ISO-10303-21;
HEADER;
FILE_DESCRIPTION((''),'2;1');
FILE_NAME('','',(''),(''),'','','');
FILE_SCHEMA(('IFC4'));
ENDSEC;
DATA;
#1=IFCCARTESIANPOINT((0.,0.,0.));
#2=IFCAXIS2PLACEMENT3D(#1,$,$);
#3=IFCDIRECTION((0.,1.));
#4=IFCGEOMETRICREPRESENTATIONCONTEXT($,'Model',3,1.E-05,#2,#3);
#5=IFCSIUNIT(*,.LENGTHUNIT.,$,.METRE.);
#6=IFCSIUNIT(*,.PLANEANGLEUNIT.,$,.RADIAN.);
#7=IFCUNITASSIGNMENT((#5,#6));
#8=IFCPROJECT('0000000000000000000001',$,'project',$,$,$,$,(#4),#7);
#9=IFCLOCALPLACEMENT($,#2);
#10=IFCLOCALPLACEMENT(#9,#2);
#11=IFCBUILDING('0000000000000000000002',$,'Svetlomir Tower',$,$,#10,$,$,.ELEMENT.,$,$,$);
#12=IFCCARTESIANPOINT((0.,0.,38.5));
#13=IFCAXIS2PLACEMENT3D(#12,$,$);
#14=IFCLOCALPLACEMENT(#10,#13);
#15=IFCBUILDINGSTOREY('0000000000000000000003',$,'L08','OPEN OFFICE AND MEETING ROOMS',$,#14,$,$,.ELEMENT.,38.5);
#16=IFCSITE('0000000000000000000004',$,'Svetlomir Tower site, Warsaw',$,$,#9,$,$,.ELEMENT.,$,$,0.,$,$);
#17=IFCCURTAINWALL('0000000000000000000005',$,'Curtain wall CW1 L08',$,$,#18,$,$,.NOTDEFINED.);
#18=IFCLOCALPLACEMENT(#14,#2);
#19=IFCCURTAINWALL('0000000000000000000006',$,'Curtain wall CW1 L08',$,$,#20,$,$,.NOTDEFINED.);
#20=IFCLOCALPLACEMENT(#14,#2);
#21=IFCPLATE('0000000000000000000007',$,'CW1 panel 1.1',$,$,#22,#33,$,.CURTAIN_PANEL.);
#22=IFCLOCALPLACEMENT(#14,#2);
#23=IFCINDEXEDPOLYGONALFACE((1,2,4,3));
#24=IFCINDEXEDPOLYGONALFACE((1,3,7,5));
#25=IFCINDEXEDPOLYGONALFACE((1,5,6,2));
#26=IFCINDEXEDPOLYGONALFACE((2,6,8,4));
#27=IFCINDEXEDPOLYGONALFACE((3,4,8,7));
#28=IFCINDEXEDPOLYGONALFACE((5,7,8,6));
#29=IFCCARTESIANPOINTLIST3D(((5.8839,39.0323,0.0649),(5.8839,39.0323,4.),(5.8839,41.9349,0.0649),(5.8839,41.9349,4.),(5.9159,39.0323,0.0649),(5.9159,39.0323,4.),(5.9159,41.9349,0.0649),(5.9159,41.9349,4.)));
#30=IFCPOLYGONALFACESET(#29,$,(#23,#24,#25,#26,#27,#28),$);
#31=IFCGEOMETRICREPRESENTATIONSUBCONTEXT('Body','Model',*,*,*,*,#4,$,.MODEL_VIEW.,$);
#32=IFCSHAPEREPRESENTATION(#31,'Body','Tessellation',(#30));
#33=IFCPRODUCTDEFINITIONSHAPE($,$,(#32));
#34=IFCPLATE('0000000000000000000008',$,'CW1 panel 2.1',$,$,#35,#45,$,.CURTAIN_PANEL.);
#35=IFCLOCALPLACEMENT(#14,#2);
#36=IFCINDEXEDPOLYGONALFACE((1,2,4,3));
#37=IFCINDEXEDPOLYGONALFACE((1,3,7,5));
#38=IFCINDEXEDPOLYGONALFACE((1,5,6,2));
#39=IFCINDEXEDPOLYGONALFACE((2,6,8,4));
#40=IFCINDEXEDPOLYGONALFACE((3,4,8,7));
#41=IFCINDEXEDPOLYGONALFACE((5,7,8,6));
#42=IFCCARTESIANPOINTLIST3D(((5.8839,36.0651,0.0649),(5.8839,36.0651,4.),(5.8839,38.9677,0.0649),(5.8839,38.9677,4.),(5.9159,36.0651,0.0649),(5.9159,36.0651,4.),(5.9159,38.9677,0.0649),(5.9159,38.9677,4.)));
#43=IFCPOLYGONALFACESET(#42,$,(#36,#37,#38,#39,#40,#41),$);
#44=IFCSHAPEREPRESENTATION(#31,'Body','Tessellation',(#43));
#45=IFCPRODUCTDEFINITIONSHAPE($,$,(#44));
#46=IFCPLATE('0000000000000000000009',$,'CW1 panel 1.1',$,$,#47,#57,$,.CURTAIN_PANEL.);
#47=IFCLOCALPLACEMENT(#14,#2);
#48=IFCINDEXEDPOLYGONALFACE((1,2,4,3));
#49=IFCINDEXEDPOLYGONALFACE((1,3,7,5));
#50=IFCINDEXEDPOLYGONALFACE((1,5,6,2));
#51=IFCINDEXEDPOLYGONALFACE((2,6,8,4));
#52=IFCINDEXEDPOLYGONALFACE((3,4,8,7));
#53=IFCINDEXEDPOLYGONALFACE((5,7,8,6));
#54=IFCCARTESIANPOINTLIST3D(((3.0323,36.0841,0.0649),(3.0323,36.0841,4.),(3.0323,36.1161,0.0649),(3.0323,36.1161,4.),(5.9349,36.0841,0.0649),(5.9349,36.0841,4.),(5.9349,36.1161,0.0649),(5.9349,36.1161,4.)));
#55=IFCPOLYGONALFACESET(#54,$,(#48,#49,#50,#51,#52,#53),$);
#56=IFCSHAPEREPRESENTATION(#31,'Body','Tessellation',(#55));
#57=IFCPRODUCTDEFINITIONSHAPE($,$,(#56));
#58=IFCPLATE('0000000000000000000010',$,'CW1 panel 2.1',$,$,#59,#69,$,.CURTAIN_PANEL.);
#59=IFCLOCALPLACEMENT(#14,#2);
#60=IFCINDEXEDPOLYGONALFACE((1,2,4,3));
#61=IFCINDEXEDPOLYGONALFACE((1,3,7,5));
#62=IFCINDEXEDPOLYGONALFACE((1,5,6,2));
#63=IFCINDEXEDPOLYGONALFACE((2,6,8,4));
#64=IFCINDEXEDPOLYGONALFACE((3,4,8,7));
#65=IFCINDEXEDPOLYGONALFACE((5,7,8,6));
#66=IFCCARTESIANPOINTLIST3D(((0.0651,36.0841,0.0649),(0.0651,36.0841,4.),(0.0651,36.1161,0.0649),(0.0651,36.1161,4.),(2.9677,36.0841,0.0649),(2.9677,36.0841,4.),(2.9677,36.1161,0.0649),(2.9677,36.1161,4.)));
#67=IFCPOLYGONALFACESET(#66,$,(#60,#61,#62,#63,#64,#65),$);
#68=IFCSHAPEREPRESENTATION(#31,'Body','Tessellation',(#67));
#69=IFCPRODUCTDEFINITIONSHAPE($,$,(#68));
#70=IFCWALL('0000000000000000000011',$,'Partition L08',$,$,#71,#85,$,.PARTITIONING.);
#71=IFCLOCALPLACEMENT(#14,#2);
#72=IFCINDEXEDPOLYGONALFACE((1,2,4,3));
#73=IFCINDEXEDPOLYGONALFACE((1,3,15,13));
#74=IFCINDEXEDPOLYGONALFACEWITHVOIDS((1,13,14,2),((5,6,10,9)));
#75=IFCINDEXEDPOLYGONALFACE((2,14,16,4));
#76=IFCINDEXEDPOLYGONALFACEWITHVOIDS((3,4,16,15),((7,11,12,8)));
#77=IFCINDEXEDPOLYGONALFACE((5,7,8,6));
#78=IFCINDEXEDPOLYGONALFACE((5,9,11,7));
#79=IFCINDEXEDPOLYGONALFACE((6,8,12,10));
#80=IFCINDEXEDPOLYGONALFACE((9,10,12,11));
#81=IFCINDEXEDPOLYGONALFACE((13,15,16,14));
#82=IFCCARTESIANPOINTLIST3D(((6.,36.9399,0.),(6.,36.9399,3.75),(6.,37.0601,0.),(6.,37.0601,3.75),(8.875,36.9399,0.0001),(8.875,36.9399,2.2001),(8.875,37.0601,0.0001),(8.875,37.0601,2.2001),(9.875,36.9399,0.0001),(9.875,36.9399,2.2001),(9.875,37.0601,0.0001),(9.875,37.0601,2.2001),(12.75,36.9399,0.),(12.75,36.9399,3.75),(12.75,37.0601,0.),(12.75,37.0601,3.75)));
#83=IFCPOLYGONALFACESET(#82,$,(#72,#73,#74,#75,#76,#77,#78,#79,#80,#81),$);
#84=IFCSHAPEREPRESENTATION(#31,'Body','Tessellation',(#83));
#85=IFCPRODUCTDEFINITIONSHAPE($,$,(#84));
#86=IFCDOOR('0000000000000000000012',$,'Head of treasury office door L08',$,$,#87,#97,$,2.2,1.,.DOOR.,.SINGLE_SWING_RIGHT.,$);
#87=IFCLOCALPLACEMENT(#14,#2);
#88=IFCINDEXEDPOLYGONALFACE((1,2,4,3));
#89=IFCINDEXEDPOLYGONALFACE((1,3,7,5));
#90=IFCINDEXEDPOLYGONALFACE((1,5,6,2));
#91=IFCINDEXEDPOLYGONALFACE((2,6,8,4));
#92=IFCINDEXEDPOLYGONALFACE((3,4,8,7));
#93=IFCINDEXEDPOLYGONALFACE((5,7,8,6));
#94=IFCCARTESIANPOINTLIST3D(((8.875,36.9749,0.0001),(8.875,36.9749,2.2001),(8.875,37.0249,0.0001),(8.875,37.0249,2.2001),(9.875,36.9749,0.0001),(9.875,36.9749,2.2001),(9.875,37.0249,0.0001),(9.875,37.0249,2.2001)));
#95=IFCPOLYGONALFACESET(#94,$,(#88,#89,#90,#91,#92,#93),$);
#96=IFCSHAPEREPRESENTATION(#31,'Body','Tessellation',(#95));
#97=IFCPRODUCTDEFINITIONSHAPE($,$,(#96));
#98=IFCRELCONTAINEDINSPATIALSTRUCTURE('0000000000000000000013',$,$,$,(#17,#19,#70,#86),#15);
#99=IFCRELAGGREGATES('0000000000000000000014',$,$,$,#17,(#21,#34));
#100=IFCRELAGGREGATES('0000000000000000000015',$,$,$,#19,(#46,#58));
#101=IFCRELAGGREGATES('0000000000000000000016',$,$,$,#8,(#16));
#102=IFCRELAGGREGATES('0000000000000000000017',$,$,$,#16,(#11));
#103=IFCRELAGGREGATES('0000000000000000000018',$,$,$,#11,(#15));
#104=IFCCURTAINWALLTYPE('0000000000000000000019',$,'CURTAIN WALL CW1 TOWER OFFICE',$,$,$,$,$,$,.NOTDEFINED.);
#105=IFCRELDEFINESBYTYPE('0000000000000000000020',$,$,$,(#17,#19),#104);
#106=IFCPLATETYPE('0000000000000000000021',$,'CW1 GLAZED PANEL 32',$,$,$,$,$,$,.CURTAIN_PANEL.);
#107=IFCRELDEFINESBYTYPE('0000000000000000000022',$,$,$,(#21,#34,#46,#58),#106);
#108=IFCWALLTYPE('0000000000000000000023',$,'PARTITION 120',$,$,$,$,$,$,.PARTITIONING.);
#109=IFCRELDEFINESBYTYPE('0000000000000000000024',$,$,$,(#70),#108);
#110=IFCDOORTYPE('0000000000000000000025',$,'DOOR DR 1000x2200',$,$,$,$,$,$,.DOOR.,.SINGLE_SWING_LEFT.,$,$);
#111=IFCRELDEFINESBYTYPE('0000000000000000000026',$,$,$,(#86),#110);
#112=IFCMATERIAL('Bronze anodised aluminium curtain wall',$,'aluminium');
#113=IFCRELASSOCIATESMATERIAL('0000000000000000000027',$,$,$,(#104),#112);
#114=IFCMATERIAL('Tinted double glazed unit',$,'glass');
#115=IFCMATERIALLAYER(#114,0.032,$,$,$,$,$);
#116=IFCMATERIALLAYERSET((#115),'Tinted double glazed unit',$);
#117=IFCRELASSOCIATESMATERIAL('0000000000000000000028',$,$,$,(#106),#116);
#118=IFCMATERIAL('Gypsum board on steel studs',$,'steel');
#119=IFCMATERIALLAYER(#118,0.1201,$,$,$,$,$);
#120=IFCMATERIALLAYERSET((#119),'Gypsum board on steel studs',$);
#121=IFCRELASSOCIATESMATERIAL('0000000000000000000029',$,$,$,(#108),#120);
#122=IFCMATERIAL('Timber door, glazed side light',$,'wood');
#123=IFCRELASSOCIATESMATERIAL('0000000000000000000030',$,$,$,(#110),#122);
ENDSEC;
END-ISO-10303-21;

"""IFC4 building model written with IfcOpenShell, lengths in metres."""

from ifc_helpers import new_model, si_unit, direction, frame, frame_2d, origin, origin_2d, place, context, subcontext, project, spatial, rectangle, extrude, material, layer, layer_set, type_object, element, fill, aggregate, save


model = new_model("IFC4")

# Units and contexts
model_context = context("Model", 3, precision=1e-05, world=origin(), true_north=direction((0.0, 1.0)))
body_context = subcontext(model_context, "Body", "Model", "MODEL_VIEW")
ifc_project = project(units=[si_unit("LENGTHUNIT", "METRE"), si_unit("PLANEANGLEUNIT", "RADIAN")], contexts=[model_context])

# Site, building, storey
site_placement = place(None, origin())
site = spatial("IfcSite", under=ifc_project, at=site_placement, Name="Svetlomir Tower site, Warsaw", CompositionType="ELEMENT", RefElevation=0.0)
building_placement = place(site_placement, origin())
building = spatial("IfcBuilding", under=site, at=building_placement, Name="Svetlomir Tower", CompositionType="ELEMENT")
storey_placement = place(building_placement, frame((0.0, 0.0, 38.5)))
storey = spatial("IfcBuildingStorey", under=building, at=storey_placement, Name="L08", Description="OPEN OFFICE AND MEETING ROOMS", CompositionType="ELEMENT", Elevation=38.5)

# Curtain walls
ifc_material_1 = material(Name="Bronze anodised aluminium curtain wall", Category="aluminium")
curtain_wall_type = type_object("IfcCurtainWallType", Name="CURTAIN WALL CW1 TOWER OFFICE", PredefinedType="NOTDEFINED", material=ifc_material_1)
curtain_wall_1_placement = place(storey_placement, origin())
curtain_wall_1 = element("IfcCurtainWall", 1, at=curtain_wall_1_placement, inside=storey, type_object=curtain_wall_type, Name="Curtain wall CW1 L08", PredefinedType="NOTDEFINED")
curtain_wall_2_placement = place(storey_placement, origin())
curtain_wall_2 = element("IfcCurtainWall", 2, at=curtain_wall_2_placement, inside=storey, type_object=curtain_wall_type, Name="Curtain wall CW1 L08", PredefinedType="NOTDEFINED")

# Plates
ifc_material_2 = material(Name="Tinted double glazed unit", Category="glass")
ifc_layer_1 = layer(ifc_material_2, 0.032)
ifc_layer_set_1 = layer_set([ifc_layer_1], Name="Tinted double glazed unit")
plate_type = type_object("IfcPlateType", Name="CW1 GLAZED PANEL 32", PredefinedType="CURTAIN_PANEL", material=ifc_layer_set_1)
plate_1_placement = place(storey_placement, frame((5.8999, 40.4836, 0.0649), z_axis=(0.0, 0.0, 1.0), x_axis=(0.0, -1.0, 0.0)))
plate_1 = element("IfcPlate", 3, at=plate_1_placement, type_object=plate_type, Name="CW1 panel 1.1", PredefinedType="CURTAIN_PANEL", context=body_context, shape_type="SweptSolid", body=[
    extrude(rectangle(XDim=2.9026, YDim=0.032, at=origin_2d()), origin(), (0.0, 0.0, 1.0), 3.9351),
])
plate_2_placement = place(storey_placement, frame((5.8999, 37.5164, 0.0649), z_axis=(0.0, 0.0, 1.0), x_axis=(0.0, -1.0, 0.0)))
plate_2 = element("IfcPlate", 4, at=plate_2_placement, type_object=plate_type, Name="CW1 panel 2.1", PredefinedType="CURTAIN_PANEL", context=body_context, shape_type="SweptSolid", body=[
    extrude(rectangle(XDim=2.9026, YDim=0.032, at=origin_2d()), origin(), (0.0, 0.0, 1.0), 3.9351),
])
aggregate(curtain_wall_1, [plate_1, plate_2])
plate_3_placement = place(storey_placement, frame((4.4836, 36.1001, 0.0649), z_axis=(0.0, 0.0, 1.0), x_axis=(-1.0, 0.0, 0.0)))
plate_3 = element("IfcPlate", 5, at=plate_3_placement, type_object=plate_type, Name="CW1 panel 1.1", PredefinedType="CURTAIN_PANEL", context=body_context, shape_type="SweptSolid", body=[
    extrude(rectangle(XDim=2.9026, YDim=0.032, at=origin_2d()), origin(), (0.0, 0.0, 1.0), 3.9351),
])
plate_4_placement = place(storey_placement, frame((1.5164, 36.1001, 0.0649), z_axis=(0.0, 0.0, 1.0), x_axis=(-1.0, 0.0, 0.0)))
plate_4 = element("IfcPlate", 6, at=plate_4_placement, type_object=plate_type, Name="CW1 panel 2.1", PredefinedType="CURTAIN_PANEL", context=body_context, shape_type="SweptSolid", body=[
    extrude(rectangle(XDim=2.9026, YDim=0.032, at=origin_2d()), origin(), (0.0, 0.0, 1.0), 3.9351),
])
aggregate(curtain_wall_2, [plate_3, plate_4])

# Wall, opening, door
ifc_material_3 = material(Name="Gypsum board on steel studs", Category="steel")
ifc_layer_2 = layer(ifc_material_3, 0.1201)
ifc_layer_set_2 = layer_set([ifc_layer_2], Name="Gypsum board on steel studs")
wall_type = type_object("IfcWallType", Name="PARTITION 120", PredefinedType="PARTITIONING", material=ifc_layer_set_2)
wall_placement = place(storey_placement, frame((6.0, 37.0, 0.0), z_axis=(0.0, 0.0, 1.0), x_axis=(1.0, 0.0, 0.0)))
wall = element("IfcWall", 7, at=wall_placement, inside=storey, type_object=wall_type, Name="Partition L08", PredefinedType="PARTITIONING", context=body_context, shape_type="SweptSolid", body=[
    extrude(rectangle(XDim=6.75, YDim=0.1201, at=frame_2d((3.375, 0.0))), origin(), (0.0, 0.0, 1.0), 3.75),
])
opening_placement = place(wall_placement, frame((2.875, 0.0, 0.0)))
opening = element("IfcOpeningElement", 8, at=opening_placement, cuts=wall, PredefinedType="OPENING", context=body_context, shape_type="SweptSolid", body=[
    extrude(rectangle(XDim=1.0, YDim=2.2, at=frame_2d((0.5, 1.1001))), frame((0.0, 0.0701, 0.0), z_axis=(0.0, -1.0, 0.0), x_axis=(1.0, 0.0, 0.0)), (0.0, 0.0, 1.0), 0.1401),
])
ifc_material_4 = material(Name="Timber door, glazed side light", Category="wood")
door_type = type_object("IfcDoorType", Name="DOOR DR 1000x2200", OperationType="SINGLE_SWING_LEFT", PredefinedType="DOOR", material=ifc_material_4)
door_placement = place(opening_placement, origin())
door = element("IfcDoor", 9, at=door_placement, inside=storey, type_object=door_type, Name="Head of treasury office door L08", OperationType="SINGLE_SWING_RIGHT", OverallHeight=2.2, OverallWidth=1.0, PredefinedType="DOOR", context=body_context, shape_type="SweptSolid", body=[
    extrude(rectangle(XDim=1.0, YDim=2.2, at=frame_2d((0.5, 1.1001))), frame((0.0, 0.0249, 0.0), z_axis=(0.0, -1.0, 0.0), x_axis=(1.0, 0.0, 0.0)), (0.0, 0.0, 1.0), 0.05),
])
fill(opening, door)

save(model, "model.ifc")
